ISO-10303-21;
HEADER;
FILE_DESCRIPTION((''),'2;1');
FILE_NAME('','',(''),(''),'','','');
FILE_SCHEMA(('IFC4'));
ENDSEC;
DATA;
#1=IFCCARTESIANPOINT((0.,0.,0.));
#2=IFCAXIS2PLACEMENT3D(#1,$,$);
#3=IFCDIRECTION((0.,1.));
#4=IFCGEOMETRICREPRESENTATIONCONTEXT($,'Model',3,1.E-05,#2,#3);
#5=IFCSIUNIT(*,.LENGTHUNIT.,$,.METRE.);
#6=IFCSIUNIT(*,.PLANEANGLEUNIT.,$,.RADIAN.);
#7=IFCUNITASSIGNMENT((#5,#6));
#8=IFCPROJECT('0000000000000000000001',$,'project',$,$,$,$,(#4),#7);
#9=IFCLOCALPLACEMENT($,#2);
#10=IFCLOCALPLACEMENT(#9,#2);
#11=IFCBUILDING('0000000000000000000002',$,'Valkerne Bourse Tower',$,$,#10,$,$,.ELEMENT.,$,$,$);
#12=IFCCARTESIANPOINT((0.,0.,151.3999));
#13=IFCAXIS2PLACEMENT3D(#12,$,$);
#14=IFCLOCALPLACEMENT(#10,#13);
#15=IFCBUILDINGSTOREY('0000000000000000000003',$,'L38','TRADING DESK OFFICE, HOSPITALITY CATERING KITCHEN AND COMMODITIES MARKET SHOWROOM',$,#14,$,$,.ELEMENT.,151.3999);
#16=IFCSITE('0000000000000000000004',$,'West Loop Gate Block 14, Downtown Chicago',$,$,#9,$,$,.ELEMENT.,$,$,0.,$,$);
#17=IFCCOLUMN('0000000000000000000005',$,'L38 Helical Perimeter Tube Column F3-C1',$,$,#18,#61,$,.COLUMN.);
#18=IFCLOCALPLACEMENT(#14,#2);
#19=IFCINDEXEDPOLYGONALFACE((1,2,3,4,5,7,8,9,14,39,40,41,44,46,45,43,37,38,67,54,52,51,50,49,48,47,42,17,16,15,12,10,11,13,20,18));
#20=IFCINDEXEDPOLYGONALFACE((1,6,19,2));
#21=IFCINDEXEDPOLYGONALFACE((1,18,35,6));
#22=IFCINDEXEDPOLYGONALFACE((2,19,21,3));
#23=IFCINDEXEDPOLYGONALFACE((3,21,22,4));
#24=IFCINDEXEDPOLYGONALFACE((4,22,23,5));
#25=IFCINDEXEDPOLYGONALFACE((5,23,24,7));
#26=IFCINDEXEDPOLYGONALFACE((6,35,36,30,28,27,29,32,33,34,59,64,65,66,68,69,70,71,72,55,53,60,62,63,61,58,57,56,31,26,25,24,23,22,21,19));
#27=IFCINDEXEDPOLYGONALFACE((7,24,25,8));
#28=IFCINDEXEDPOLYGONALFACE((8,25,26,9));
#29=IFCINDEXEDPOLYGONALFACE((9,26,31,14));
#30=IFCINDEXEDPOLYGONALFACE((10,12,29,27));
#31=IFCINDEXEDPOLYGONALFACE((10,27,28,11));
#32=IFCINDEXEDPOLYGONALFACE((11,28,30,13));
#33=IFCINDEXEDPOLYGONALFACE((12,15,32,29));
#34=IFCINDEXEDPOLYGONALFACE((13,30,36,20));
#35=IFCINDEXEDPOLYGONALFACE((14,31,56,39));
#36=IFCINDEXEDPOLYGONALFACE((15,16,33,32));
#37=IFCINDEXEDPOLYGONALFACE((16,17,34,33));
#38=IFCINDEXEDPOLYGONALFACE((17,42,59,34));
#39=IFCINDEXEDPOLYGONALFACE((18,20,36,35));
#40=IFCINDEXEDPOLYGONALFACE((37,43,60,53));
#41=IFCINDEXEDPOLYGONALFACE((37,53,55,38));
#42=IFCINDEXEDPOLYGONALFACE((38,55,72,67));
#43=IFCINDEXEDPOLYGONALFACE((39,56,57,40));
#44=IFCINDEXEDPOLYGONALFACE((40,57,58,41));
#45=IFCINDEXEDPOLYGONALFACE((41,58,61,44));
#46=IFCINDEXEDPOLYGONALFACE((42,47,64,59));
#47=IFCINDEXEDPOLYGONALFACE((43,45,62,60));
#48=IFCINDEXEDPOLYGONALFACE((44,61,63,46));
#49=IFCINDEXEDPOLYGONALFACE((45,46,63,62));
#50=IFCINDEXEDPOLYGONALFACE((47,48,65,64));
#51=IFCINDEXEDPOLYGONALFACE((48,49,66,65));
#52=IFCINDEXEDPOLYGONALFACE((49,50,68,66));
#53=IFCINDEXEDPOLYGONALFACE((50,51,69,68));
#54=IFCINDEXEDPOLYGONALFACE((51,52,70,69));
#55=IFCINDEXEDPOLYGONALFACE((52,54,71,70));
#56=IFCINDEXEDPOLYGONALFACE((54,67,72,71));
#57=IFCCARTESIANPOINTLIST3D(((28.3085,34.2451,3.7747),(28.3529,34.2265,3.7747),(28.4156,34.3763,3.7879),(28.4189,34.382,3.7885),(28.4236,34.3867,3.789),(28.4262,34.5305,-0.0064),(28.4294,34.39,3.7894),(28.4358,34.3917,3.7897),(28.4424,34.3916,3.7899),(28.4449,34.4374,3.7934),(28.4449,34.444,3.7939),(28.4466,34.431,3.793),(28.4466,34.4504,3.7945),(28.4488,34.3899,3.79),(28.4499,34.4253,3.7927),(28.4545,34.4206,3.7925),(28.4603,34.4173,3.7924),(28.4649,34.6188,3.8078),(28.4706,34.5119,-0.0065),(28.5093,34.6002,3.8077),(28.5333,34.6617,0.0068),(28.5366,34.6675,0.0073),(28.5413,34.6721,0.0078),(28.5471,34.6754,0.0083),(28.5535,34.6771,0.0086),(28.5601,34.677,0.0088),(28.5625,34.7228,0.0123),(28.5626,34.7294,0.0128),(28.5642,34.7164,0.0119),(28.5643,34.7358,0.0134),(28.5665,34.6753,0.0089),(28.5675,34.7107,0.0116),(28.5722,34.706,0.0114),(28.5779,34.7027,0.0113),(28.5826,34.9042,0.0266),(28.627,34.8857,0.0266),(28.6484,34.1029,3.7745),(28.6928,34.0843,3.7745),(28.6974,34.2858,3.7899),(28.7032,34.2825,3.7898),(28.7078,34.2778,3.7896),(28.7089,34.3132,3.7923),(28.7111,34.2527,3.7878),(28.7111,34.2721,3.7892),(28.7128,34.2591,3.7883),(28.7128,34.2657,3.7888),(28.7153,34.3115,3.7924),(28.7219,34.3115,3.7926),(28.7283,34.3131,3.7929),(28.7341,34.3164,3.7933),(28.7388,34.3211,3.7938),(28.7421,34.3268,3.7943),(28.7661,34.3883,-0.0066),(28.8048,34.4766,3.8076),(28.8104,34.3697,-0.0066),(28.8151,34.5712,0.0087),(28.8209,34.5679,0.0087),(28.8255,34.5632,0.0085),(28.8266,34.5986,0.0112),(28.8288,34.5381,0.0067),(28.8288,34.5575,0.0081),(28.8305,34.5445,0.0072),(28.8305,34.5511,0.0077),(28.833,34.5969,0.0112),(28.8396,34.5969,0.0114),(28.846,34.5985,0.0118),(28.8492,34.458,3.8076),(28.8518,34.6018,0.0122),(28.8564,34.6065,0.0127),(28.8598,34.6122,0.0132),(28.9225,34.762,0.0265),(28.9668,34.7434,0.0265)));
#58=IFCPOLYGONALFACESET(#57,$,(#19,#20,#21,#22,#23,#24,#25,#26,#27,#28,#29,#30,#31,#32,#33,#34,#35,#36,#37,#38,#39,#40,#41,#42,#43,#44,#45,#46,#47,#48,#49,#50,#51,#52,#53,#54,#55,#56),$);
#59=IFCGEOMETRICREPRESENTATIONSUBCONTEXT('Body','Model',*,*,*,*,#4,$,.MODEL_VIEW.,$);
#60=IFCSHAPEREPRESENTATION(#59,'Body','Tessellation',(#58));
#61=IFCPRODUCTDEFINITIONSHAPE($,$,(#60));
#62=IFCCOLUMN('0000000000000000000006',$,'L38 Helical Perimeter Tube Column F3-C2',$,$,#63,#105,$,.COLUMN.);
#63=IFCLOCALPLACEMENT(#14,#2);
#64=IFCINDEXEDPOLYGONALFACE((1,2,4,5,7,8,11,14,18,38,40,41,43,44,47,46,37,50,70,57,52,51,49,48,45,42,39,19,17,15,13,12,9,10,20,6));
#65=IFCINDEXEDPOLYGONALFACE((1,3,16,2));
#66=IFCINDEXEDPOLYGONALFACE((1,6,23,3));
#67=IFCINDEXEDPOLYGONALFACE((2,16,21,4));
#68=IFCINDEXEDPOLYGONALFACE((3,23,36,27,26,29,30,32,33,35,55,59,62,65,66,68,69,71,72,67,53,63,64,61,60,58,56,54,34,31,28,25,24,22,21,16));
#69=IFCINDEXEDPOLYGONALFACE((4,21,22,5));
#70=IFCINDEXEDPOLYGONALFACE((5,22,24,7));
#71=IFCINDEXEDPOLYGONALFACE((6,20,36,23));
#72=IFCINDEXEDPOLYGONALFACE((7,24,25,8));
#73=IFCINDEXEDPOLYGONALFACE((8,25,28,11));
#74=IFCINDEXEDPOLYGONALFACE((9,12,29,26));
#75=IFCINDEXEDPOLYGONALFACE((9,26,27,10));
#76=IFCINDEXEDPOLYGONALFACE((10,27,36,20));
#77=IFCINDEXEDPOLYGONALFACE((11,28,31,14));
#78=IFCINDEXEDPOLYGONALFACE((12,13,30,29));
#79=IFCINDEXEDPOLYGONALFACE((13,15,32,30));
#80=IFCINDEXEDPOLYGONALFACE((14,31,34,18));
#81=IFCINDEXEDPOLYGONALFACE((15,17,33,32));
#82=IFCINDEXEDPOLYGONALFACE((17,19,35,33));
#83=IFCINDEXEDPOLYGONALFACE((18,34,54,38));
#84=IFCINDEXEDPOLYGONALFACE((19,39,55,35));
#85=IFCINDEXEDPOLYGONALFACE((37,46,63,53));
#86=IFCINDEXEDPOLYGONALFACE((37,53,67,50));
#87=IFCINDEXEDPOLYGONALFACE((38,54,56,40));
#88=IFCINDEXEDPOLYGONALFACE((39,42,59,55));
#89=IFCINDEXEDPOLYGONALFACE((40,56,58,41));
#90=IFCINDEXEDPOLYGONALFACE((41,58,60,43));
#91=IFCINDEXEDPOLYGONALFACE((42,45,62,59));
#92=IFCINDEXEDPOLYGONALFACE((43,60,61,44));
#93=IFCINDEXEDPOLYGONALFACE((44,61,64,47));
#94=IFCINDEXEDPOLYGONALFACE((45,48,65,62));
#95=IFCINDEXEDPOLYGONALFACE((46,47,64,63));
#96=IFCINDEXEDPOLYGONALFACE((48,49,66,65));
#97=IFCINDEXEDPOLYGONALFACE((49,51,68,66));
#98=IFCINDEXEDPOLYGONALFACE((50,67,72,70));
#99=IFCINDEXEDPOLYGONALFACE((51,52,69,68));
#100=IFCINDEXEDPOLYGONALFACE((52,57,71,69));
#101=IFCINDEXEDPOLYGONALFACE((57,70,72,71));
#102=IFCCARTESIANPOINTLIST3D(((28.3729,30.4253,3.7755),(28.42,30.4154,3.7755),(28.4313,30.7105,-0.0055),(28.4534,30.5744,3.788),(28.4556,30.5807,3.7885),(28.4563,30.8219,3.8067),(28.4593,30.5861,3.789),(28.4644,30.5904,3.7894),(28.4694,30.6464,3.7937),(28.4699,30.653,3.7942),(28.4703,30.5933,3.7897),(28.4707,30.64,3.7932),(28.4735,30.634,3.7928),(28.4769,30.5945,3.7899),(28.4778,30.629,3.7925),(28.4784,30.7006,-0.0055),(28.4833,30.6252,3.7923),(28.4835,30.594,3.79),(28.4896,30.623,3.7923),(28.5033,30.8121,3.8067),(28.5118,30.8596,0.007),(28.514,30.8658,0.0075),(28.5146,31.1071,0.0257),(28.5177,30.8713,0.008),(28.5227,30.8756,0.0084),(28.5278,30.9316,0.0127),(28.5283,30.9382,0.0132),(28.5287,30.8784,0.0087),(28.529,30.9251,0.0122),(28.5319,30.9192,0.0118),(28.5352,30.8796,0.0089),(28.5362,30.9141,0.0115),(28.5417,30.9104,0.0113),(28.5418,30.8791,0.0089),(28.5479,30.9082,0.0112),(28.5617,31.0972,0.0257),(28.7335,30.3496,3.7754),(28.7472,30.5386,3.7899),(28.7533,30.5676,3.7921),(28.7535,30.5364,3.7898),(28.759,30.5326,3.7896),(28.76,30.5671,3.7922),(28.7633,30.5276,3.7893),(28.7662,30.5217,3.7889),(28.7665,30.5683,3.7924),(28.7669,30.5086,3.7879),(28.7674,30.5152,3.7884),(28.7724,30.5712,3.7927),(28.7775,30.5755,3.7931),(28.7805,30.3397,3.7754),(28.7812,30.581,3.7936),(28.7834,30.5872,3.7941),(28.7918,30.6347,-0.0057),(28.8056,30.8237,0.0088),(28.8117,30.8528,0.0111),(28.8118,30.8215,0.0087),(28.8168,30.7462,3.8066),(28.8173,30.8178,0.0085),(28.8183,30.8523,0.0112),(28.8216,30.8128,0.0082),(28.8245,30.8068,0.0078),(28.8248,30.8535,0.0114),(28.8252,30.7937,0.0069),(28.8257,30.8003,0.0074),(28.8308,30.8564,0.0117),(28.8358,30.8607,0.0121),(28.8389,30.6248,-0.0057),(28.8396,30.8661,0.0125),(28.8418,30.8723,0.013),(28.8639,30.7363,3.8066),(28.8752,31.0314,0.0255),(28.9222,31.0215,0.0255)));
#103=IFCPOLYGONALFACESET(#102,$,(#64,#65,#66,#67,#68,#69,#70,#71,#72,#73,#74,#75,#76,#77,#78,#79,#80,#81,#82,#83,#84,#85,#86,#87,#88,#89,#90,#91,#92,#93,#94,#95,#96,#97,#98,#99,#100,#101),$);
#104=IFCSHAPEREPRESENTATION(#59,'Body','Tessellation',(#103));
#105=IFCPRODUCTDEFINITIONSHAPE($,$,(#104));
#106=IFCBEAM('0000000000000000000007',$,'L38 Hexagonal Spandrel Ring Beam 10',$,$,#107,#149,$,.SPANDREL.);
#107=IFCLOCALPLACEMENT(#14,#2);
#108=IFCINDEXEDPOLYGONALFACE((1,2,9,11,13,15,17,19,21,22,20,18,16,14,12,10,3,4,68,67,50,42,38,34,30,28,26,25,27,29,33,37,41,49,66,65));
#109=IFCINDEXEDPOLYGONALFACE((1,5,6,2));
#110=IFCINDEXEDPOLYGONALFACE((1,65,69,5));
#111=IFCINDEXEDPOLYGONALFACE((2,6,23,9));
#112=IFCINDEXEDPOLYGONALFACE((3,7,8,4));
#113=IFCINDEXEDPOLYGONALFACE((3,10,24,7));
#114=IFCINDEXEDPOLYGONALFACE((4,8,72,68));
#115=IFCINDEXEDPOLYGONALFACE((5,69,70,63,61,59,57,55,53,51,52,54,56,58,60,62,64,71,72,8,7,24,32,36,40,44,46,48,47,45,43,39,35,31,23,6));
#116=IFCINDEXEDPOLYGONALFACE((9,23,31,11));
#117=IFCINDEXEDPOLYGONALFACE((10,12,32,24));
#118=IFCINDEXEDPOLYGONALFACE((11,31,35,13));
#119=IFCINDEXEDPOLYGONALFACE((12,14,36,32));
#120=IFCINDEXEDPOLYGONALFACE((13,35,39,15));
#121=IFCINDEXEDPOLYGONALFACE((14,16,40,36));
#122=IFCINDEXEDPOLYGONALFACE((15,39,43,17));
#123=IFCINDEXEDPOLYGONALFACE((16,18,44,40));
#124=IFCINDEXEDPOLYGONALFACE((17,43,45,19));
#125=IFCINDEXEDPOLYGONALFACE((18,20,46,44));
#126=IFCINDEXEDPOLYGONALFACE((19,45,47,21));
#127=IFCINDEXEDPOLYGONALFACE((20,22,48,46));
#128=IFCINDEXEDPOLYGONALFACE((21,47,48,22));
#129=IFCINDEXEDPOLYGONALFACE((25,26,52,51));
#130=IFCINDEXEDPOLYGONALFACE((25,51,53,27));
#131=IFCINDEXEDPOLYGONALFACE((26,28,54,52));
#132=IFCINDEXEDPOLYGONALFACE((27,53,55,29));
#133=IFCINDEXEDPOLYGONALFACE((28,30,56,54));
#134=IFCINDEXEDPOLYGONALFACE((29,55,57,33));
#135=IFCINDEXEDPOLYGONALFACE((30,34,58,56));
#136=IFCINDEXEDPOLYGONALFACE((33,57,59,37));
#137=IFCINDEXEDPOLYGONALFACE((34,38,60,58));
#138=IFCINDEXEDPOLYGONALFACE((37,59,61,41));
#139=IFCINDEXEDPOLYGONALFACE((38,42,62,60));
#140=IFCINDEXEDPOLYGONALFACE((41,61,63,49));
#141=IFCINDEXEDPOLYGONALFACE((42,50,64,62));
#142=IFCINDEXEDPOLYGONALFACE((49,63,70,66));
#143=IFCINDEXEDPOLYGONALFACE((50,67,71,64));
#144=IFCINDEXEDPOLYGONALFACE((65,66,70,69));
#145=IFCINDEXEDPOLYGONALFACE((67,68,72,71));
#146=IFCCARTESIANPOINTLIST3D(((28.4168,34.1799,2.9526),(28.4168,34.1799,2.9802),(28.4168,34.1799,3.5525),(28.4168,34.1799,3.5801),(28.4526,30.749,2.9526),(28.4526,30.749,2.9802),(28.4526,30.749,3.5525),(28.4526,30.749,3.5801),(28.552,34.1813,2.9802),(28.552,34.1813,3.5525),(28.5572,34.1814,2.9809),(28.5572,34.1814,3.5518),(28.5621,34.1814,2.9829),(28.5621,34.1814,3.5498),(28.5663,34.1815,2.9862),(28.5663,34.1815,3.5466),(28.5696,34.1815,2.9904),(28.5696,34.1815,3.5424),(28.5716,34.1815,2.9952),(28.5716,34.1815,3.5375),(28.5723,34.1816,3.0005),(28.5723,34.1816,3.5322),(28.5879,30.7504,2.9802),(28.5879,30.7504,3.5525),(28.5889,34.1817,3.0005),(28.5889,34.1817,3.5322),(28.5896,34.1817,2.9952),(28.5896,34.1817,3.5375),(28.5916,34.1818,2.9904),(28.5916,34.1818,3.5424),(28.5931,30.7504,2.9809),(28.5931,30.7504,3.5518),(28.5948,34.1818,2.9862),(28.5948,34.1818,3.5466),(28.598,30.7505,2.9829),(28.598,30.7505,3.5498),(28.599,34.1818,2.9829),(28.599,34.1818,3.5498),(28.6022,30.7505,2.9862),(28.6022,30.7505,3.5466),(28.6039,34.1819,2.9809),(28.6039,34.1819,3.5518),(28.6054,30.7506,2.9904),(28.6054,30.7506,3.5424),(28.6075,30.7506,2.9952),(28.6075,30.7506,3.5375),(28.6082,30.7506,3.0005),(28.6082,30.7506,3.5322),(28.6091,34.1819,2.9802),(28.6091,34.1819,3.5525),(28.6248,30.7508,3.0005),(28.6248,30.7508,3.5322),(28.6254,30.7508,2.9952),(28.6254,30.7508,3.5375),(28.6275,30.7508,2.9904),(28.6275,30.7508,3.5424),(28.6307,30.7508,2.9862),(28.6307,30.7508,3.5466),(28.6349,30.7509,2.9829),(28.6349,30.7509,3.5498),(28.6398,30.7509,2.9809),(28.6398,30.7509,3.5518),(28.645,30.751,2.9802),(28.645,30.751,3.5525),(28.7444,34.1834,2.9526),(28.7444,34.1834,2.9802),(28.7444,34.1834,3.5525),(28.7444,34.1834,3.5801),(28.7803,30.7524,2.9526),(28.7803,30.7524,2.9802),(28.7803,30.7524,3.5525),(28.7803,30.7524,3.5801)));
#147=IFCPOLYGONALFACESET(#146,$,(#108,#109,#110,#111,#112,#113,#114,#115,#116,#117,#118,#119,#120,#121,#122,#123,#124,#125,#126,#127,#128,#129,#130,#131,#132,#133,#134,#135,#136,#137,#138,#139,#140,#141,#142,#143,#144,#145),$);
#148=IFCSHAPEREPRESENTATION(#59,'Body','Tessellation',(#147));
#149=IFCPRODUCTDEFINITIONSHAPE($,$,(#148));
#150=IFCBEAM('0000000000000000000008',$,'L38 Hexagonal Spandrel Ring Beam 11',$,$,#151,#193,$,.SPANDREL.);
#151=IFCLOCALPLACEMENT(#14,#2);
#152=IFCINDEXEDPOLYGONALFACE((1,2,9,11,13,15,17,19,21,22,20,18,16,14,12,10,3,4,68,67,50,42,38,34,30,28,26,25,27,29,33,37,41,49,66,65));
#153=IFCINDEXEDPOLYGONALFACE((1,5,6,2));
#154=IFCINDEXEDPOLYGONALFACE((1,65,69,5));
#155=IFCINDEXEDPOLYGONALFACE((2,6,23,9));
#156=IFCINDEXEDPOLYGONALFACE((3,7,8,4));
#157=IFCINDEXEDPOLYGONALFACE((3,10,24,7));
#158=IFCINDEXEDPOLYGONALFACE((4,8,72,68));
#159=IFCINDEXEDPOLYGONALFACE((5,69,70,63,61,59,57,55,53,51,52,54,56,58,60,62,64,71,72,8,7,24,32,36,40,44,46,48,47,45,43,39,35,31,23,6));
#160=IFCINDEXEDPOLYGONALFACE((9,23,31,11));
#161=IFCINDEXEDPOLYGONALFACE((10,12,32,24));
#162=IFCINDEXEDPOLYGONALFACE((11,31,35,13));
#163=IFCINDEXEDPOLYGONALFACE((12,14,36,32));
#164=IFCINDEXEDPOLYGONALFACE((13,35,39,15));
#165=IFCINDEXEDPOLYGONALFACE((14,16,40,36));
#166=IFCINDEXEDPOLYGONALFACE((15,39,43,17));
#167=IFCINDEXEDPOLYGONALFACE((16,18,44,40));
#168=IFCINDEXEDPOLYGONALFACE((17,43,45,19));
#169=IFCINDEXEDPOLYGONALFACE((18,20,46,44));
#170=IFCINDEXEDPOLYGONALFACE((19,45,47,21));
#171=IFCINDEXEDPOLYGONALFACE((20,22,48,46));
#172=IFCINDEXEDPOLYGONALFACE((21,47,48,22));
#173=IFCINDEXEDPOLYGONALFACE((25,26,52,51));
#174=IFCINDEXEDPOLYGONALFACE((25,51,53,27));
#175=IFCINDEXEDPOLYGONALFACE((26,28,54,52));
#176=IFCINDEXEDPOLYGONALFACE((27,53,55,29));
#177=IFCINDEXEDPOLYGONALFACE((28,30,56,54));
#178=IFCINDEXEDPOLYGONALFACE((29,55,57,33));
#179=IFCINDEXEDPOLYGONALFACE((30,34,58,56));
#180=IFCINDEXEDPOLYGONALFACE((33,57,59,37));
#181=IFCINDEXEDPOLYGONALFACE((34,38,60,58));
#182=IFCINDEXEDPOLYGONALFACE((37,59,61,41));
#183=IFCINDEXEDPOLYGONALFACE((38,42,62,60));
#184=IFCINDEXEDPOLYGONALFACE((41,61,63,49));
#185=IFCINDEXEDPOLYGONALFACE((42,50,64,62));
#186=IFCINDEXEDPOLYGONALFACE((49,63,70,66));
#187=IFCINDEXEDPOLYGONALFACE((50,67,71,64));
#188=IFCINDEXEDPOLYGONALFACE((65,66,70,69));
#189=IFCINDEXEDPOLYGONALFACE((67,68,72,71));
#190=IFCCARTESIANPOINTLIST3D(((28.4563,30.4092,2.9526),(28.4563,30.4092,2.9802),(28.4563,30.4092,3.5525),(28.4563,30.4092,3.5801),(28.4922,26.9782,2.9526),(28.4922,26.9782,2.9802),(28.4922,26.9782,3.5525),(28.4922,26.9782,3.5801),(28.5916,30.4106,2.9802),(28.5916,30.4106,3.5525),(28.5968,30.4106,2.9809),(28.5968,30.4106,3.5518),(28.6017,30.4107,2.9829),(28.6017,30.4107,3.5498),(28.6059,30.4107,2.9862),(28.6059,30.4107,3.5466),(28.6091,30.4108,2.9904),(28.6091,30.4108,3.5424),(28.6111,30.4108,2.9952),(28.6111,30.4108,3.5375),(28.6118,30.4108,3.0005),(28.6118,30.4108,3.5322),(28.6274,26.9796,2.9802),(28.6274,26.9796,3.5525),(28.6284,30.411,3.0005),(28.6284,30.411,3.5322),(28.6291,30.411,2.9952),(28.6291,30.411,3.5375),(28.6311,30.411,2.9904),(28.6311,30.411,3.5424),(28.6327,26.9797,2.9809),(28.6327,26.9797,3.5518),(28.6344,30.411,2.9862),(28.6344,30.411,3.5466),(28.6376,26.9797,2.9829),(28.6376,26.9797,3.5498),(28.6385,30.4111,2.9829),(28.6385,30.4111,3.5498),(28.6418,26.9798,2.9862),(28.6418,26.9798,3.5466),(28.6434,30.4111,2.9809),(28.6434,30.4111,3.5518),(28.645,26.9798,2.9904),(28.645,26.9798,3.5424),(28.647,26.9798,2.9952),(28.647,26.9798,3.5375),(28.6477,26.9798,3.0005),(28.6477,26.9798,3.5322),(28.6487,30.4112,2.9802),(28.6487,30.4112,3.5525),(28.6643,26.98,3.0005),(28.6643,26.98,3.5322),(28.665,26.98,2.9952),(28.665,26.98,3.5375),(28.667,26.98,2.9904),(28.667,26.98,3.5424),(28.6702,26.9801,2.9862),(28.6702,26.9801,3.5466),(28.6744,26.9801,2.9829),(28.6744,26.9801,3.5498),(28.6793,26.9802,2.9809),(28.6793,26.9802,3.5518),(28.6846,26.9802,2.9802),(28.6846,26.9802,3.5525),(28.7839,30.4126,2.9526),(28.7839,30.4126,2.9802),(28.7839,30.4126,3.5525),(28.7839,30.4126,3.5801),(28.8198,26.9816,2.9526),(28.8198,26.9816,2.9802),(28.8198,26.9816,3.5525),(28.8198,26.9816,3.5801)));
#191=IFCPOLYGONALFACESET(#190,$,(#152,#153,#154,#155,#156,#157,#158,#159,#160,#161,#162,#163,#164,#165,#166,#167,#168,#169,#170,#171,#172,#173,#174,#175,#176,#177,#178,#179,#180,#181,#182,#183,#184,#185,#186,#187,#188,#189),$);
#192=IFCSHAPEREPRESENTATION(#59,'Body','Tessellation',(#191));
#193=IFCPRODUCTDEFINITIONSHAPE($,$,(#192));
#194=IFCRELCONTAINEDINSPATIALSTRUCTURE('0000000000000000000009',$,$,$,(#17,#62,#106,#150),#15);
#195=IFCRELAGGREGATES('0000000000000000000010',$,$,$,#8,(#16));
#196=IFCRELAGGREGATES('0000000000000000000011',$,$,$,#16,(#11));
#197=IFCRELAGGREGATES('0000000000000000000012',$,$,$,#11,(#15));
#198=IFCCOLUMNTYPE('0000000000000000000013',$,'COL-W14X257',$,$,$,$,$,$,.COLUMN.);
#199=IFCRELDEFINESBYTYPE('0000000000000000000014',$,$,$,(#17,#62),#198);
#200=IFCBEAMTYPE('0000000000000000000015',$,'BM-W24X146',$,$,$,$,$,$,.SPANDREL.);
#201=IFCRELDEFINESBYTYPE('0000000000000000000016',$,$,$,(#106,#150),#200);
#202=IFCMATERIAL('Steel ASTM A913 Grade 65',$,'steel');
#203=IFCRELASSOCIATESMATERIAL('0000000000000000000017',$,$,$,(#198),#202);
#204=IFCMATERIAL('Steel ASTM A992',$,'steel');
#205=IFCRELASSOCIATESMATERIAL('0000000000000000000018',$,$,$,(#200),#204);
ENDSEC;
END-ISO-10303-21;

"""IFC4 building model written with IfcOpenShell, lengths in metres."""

from ifc_helpers import new_model, si_unit, direction, frame, origin, origin_2d, place, context, subcontext, project, spatial, i_section, extrude, material, material_profile, profile_set, type_object, element, save


model = new_model("IFC4")

# Units and contexts
model_context = context("Model", 3, precision=1e-05, world=origin(), true_north=direction((0.0, 1.0)))
body_context = subcontext(model_context, "Body", "Model", "MODEL_VIEW")
ifc_project = project(units=[si_unit("LENGTHUNIT", "METRE"), si_unit("PLANEANGLEUNIT", "RADIAN")], contexts=[model_context])

# Site, building, storey
site_placement = place(None, origin())
site = spatial("IfcSite", under=ifc_project, at=site_placement, Name="West Loop Gate Block 14, Downtown Chicago", CompositionType="ELEMENT", RefElevation=0.0)
building_placement = place(site_placement, origin())
building = spatial("IfcBuilding", under=site, at=building_placement, Name="Valkerne Bourse Tower", CompositionType="ELEMENT")
storey_placement = place(building_placement, frame((0.0, 0.0, 151.3999)))
storey = spatial("IfcBuildingStorey", under=building, at=storey_placement, Name="L38", Description="TRADING DESK OFFICE, HOSPITALITY CATERING KITCHEN AND COMMODITIES MARKET SHOWROOM", CompositionType="ELEMENT", Elevation=151.3999)

# Columns
ifc_material_1 = material(Name="Steel ASTM A913 Grade 65", Category="steel")
ifc_material_profile_1 = material_profile(ifc_material_1, i_section(OverallWidth=0.4065, OverallDepth=0.4165, WebThickness=0.0298, FlangeThickness=0.0481, FilletRadius=0.0254, at=origin_2d()), Name="W14X257")
ifc_profile_set_1 = profile_set([ifc_material_profile_1], Name="Steel ASTM A913 Grade 65")
column_type = type_object("IfcColumnType", Name="COL-W14X257", PredefinedType="COLUMN", material=ifc_profile_set_1)
column_1_placement = place(storey_placement, frame((28.6965, 34.637, 0.01), z_axis=(-0.03102, -0.075232, 0.996683), x_axis=(-0.384758, -0.919423, -0.081375)))
element("IfcColumn", 1, at=column_1_placement, inside=storey, type_object=column_type, Name="L38 Helical Perimeter Tube Column F3-C1", PredefinedType="COLUMN", context=body_context, shape_type="SweptSolid", body=[
    extrude(i_section(OverallWidth=0.4065, OverallDepth=0.4165, WebThickness=0.0298, FlangeThickness=0.0481, FilletRadius=0.0254, at=origin_2d()), origin(), (0.0, 0.0, 1.0), 3.7937),
])
column_2_placement = place(storey_placement, frame((28.6768, 30.866, 0.01), z_axis=(-0.015387, -0.075196, 0.99705), x_axis=(-0.205005, -0.975747, -0.076753)))
element("IfcColumn", 2, at=column_2_placement, inside=storey, type_object=column_type, Name="L38 Helical Perimeter Tube Column F3-C2", PredefinedType="COLUMN", context=body_context, shape_type="SweptSolid", body=[
    extrude(i_section(OverallWidth=0.4065, OverallDepth=0.4165, WebThickness=0.0298, FlangeThickness=0.0481, FilletRadius=0.0254, at=origin_2d()), origin(), (0.0, 0.0, 1.0), 3.7922),
])

# Beams
ifc_material_2 = material(Name="Steel ASTM A992", Category="steel")
ifc_material_profile_2 = material_profile(ifc_material_2, i_section(OverallWidth=0.3276, OverallDepth=0.6274, WebThickness=0.0166, FlangeThickness=0.0276, FilletRadius=0.0203, at=origin_2d()), Name="W24X146")
ifc_profile_set_2 = profile_set([ifc_material_profile_2], Name="Steel ASTM A992")
beam_type_1 = type_object("IfcBeamType", Name="BM-W24X146", PredefinedType="SPANDREL", material=ifc_profile_set_2)
for number, where, z_axis, x_axis, name in (
    (3, (28.5806, 34.1816, 3.2664), (0.01046, -0.999945, 0.0), (0.999945, 0.01046, 0.0), "L38 Hexagonal Spandrel Ring Beam 10"),
    (4, (28.6201, 30.4109, 3.2664), (0.01046, -0.999945, 0.0), (0.999945, 0.01046, 0.0), "L38 Hexagonal Spandrel Ring Beam 11"),
):
    element("IfcBeam", number, at=place(storey_placement, frame(where, z_axis=z_axis, x_axis=x_axis)), inside=storey, type_object=beam_type_1, Name=name, PredefinedType="SPANDREL", context=body_context, shape_type="SweptSolid", body=[
        extrude(i_section(OverallWidth=0.3276, OverallDepth=0.6274, WebThickness=0.0166, FlangeThickness=0.0276, FilletRadius=0.0203, at=origin_2d()), origin(), (0.0, 0.0, 1.0), 3.4312),
    ])

save(model, "model.ifc")
